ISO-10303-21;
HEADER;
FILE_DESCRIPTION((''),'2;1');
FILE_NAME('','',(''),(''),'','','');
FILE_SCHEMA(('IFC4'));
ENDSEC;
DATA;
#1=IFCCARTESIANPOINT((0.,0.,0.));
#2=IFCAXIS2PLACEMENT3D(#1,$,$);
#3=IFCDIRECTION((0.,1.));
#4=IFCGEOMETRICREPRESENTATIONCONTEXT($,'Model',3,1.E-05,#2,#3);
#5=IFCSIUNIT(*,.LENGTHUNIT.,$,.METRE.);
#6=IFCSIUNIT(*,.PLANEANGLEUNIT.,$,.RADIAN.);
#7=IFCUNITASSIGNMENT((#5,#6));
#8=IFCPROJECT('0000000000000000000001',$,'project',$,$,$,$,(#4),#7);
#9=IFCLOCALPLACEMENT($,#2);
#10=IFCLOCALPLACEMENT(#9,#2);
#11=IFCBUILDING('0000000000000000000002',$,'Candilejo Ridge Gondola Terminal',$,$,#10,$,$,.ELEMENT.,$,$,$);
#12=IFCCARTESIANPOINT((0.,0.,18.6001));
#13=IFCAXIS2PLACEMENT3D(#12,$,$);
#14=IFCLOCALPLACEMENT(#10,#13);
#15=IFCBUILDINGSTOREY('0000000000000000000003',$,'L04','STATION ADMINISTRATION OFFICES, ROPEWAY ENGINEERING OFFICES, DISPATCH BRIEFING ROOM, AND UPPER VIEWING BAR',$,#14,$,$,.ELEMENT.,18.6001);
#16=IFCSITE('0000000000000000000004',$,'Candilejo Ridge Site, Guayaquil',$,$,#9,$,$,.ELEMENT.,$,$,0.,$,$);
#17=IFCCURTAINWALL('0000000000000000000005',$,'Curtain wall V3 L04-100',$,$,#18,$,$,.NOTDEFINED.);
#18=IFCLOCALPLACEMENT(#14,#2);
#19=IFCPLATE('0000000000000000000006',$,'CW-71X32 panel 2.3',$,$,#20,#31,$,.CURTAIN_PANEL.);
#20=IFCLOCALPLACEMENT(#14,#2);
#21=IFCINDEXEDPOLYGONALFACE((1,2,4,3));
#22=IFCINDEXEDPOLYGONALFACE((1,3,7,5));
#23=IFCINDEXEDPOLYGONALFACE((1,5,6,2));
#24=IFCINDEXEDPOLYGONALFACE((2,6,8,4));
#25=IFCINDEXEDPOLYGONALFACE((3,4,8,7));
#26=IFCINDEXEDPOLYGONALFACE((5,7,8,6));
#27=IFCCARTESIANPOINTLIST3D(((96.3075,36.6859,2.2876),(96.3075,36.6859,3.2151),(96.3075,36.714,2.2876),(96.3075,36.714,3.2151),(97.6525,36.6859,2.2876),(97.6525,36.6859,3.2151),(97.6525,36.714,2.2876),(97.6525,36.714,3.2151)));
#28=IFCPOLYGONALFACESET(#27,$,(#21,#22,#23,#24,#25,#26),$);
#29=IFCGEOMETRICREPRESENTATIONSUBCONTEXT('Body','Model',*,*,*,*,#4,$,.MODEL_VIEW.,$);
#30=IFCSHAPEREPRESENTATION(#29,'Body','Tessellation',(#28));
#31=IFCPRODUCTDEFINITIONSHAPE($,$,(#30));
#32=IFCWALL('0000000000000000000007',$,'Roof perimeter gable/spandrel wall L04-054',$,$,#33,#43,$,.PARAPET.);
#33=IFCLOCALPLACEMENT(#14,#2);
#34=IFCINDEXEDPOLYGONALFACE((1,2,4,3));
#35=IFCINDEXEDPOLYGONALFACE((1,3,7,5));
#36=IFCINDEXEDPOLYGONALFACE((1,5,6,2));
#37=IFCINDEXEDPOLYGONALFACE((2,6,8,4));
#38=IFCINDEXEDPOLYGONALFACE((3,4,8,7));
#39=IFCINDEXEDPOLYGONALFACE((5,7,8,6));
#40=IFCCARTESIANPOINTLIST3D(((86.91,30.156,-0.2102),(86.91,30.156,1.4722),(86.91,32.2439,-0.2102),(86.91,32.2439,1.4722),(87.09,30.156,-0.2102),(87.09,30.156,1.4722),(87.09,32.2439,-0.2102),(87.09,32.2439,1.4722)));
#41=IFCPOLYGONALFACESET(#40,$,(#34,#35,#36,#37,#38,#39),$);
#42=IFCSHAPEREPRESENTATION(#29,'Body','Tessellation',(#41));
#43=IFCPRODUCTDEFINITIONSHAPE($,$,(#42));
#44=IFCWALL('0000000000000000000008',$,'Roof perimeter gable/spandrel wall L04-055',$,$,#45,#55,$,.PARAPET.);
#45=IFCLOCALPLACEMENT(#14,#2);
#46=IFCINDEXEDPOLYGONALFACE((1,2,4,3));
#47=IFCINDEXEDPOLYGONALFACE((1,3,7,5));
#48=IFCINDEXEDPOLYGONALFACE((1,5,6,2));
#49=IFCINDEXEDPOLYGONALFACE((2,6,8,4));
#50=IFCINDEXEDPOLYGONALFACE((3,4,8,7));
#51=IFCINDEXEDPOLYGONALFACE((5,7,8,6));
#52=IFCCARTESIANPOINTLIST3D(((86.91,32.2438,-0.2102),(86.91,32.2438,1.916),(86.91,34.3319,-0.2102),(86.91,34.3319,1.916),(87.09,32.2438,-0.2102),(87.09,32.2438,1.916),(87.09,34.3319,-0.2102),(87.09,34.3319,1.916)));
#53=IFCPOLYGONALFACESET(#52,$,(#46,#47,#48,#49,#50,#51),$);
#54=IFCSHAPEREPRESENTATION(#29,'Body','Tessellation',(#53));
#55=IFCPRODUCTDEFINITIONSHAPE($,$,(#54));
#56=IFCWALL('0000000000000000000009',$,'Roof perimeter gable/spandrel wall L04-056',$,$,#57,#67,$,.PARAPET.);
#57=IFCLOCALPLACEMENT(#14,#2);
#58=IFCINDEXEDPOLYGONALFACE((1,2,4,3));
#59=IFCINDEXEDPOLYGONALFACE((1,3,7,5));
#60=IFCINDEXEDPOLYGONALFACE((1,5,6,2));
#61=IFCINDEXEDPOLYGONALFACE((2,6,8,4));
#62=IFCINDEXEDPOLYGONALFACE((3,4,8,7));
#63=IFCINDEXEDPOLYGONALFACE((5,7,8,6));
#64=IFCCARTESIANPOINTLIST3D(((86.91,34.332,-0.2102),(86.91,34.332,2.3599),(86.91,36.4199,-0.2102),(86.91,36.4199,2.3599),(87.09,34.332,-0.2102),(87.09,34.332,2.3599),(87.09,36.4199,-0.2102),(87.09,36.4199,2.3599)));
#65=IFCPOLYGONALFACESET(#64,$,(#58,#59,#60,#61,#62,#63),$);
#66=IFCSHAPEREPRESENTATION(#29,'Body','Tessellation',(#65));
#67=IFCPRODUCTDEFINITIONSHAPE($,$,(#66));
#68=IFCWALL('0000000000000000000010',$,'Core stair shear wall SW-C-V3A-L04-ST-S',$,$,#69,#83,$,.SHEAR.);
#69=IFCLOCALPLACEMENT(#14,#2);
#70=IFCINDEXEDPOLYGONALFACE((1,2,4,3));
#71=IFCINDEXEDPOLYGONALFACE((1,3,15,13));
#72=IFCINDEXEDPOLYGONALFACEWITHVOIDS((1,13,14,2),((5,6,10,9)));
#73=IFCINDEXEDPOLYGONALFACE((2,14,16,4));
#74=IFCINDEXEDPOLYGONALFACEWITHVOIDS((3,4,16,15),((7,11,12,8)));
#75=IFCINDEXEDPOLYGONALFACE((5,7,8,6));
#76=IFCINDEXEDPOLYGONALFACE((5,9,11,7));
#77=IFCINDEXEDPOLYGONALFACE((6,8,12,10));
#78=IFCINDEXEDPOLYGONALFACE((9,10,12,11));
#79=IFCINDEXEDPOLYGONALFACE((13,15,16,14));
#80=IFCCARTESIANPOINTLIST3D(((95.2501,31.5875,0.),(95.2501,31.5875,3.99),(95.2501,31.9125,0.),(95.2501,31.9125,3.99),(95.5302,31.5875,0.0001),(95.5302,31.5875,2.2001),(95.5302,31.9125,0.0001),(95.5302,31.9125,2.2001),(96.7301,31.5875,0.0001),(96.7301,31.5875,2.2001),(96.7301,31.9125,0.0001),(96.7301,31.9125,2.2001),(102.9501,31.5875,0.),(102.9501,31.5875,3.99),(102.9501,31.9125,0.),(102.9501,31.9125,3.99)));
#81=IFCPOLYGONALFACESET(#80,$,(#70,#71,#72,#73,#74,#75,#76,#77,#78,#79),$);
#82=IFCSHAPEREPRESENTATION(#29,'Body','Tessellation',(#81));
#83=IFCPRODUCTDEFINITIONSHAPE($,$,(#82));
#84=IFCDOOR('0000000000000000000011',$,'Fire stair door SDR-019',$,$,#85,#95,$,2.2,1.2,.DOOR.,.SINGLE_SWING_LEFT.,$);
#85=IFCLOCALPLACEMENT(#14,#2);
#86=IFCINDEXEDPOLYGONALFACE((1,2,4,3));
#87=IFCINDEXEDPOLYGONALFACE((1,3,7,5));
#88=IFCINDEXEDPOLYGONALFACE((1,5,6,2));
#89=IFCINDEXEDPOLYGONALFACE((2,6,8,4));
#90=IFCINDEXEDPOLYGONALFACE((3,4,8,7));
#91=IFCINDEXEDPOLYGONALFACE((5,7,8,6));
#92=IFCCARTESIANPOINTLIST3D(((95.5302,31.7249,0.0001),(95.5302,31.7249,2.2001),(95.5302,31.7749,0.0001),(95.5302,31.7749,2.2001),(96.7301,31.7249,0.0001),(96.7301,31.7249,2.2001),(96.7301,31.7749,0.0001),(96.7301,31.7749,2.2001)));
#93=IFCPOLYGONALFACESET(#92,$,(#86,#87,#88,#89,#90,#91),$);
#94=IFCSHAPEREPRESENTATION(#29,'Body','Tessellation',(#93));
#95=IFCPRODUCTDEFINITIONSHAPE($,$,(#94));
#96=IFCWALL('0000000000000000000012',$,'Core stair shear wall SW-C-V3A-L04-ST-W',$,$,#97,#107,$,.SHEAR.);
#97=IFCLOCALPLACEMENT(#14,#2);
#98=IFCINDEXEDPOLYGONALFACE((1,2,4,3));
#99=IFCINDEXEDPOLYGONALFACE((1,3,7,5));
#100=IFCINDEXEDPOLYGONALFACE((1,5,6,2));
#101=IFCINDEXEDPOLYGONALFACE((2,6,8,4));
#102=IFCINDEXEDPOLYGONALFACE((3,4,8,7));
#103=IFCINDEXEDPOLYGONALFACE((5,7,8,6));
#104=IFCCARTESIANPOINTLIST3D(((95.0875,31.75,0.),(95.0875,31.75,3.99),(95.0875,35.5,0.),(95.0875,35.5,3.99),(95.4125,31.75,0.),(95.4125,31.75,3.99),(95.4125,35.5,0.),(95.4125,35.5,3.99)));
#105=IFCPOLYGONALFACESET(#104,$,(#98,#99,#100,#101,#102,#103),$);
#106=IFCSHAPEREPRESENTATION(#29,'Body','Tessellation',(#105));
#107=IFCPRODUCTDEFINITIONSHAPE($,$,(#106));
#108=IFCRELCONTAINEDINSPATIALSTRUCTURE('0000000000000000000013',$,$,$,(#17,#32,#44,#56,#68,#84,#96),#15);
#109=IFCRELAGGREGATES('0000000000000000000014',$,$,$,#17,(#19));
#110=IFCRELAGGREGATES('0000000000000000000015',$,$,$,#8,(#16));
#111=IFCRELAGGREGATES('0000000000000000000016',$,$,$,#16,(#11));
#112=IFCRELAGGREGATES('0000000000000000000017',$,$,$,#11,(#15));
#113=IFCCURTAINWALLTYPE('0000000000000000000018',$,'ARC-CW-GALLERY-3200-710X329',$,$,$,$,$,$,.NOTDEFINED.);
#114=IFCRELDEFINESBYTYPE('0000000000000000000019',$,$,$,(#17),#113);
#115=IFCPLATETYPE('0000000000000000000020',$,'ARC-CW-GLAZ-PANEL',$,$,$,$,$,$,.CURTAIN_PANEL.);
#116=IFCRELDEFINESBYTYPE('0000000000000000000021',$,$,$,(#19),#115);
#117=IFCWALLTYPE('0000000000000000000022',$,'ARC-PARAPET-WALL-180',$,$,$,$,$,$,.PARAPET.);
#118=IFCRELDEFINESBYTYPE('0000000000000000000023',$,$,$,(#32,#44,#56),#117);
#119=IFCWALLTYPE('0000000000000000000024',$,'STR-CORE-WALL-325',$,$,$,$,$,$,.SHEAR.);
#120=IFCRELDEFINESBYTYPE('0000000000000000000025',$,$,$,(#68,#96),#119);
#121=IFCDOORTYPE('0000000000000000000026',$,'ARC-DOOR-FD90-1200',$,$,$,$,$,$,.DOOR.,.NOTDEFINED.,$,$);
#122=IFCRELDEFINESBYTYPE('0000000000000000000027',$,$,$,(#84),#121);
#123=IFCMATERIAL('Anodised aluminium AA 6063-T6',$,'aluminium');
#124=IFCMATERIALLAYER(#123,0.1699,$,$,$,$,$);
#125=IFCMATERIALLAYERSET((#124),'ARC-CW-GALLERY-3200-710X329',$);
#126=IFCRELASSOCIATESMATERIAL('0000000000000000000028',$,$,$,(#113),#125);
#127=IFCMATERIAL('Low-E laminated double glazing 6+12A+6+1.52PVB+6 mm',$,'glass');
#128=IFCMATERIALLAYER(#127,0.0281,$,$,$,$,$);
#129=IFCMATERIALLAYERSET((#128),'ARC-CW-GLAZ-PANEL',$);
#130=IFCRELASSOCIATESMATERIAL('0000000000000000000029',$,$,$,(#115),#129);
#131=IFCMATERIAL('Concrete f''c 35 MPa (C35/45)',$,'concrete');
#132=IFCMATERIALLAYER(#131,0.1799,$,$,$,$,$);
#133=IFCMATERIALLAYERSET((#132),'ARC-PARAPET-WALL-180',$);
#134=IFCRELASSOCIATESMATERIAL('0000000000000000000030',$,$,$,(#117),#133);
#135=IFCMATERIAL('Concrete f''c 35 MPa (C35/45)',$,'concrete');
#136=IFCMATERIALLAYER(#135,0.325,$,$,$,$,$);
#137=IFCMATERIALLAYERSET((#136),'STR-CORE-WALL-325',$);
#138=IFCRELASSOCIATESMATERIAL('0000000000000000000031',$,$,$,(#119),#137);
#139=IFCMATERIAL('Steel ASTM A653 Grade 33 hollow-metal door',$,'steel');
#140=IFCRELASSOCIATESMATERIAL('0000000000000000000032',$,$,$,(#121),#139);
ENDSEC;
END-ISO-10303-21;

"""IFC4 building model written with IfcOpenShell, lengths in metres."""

from ifc_helpers import new_model, si_unit, direction, frame, frame_2d, origin, origin_2d, place, context, subcontext, project, spatial, rectangle, extrude, material, layer, layer_set, type_object, element, fill, aggregate, save


model = new_model("IFC4")

# Units and contexts
model_context = context("Model", 3, precision=1e-05, world=origin(), true_north=direction((0.0, 1.0)))
body_context = subcontext(model_context, "Body", "Model", "MODEL_VIEW")
ifc_project = project(units=[si_unit("LENGTHUNIT", "METRE"), si_unit("PLANEANGLEUNIT", "RADIAN")], contexts=[model_context])

# Site, building, storey
site_placement = place(None, origin())
site = spatial("IfcSite", under=ifc_project, at=site_placement, Name="Candilejo Ridge Site, Guayaquil", CompositionType="ELEMENT", RefElevation=0.0)
building_placement = place(site_placement, origin())
building = spatial("IfcBuilding", under=site, at=building_placement, Name="Candilejo Ridge Gondola Terminal", CompositionType="ELEMENT")
storey_placement = place(building_placement, frame((0.0, 0.0, 18.6001)))
storey = spatial("IfcBuildingStorey", under=building, at=storey_placement, Name="L04", Description="STATION ADMINISTRATION OFFICES, ROPEWAY ENGINEERING OFFICES, DISPATCH BRIEFING ROOM, AND UPPER VIEWING BAR", CompositionType="ELEMENT", Elevation=18.6001)

# Curtain wall
ifc_material_1 = material(Name="Anodised aluminium AA 6063-T6", Category="aluminium")
ifc_layer_1 = layer(ifc_material_1, 0.1699)
ifc_layer_set_1 = layer_set([ifc_layer_1], Name="ARC-CW-GALLERY-3200-710X329")
curtain_wall_type = type_object("IfcCurtainWallType", Name="ARC-CW-GALLERY-3200-710X329", PredefinedType="NOTDEFINED", material=ifc_layer_set_1)
curtain_wall_placement = place(storey_placement, origin())
curtain_wall = element("IfcCurtainWall", 1, at=curtain_wall_placement, inside=storey, type_object=curtain_wall_type, Name="Curtain wall V3 L04-100", PredefinedType="NOTDEFINED")

# Plate
ifc_material_2 = material(Name="Low-E laminated double glazing 6+12A+6+1.52PVB+6 mm", Category="glass")
ifc_layer_2 = layer(ifc_material_2, 0.0281)
ifc_layer_set_2 = layer_set([ifc_layer_2], Name="ARC-CW-GLAZ-PANEL")
plate_type = type_object("IfcPlateType", Name="ARC-CW-GLAZ-PANEL", PredefinedType="CURTAIN_PANEL", material=ifc_layer_set_2)
plate_1_placement = place(storey_placement, frame((96.98, 36.7, 2.2876), z_axis=(0.0, 0.0, 1.0), x_axis=(1.0, 0.0, 0.0)))
plate_1 = element("IfcPlate", 2, at=plate_1_placement, type_object=plate_type, Name="CW-71X32 panel 2.3", PredefinedType="CURTAIN_PANEL", context=body_context, shape_type="SweptSolid", body=[
    extrude(rectangle(XDim=1.345, YDim=0.0281, at=origin_2d()), origin(), (0.0, 0.0, 1.0), 0.9275),
])
aggregate(curtain_wall, [plate_1])

# Walls
ifc_material_3 = material(Name="Concrete f'c 35 MPa (C35/45)", Category="concrete")
ifc_layer_3 = layer(ifc_material_3, 0.1799)
ifc_layer_set_3 = layer_set([ifc_layer_3], Name="ARC-PARAPET-WALL-180")
wall_type_1 = type_object("IfcWallType", Name="ARC-PARAPET-WALL-180", PredefinedType="PARAPET", material=ifc_layer_set_3)
wall_1_placement = place(storey_placement, frame((87.0, 30.156, -0.2102), z_axis=(0.0, 0.0, 1.0), x_axis=(0.0, 1.0, 0.0)))
element("IfcWall", 3, at=wall_1_placement, inside=storey, type_object=wall_type_1, Name="Roof perimeter gable/spandrel wall L04-054", PredefinedType="PARAPET", context=body_context, shape_type="SweptSolid", body=[
    extrude(rectangle(XDim=2.0879, YDim=0.1799, at=frame_2d((1.0439, 0.0))), origin(), (0.0, 0.0, 1.0), 1.6824),
])
wall_2_placement = place(storey_placement, frame((87.0, 32.2439, -0.2102), z_axis=(0.0, 0.0, 1.0), x_axis=(0.0, 1.0, 0.0)))
element("IfcWall", 4, at=wall_2_placement, inside=storey, type_object=wall_type_1, Name="Roof perimeter gable/spandrel wall L04-055", PredefinedType="PARAPET", context=body_context, shape_type="SweptSolid", body=[
    extrude(rectangle(XDim=2.0881, YDim=0.1799, at=frame_2d((1.0439, 0.0))), origin(), (0.0, 0.0, 1.0), 2.1262),
])
wall_3_placement = place(storey_placement, frame((87.0, 34.332, -0.2102), z_axis=(0.0, 0.0, 1.0), x_axis=(0.0, 1.0, 0.0)))
element("IfcWall", 5, at=wall_3_placement, inside=storey, type_object=wall_type_1, Name="Roof perimeter gable/spandrel wall L04-056", PredefinedType="PARAPET", context=body_context, shape_type="SweptSolid", body=[
    extrude(rectangle(XDim=2.0879, YDim=0.1799, at=frame_2d((1.0439, 0.0))), origin(), (0.0, 0.0, 1.0), 2.5701),
])

# Wall, opening, door
ifc_material_4 = material(Name="Concrete f'c 35 MPa (C35/45)", Category="concrete")
ifc_layer_4 = layer(ifc_material_4, 0.325)
ifc_layer_set_4 = layer_set([ifc_layer_4], Name="STR-CORE-WALL-325")
wall_type_2 = type_object("IfcWallType", Name="STR-CORE-WALL-325", PredefinedType="SHEAR", material=ifc_layer_set_4)
wall_4_placement = place(storey_placement, frame((95.25, 31.75, 0.0), z_axis=(0.0, 0.0, 1.0), x_axis=(1.0, 0.0, 0.0)))
wall_4 = element("IfcWall", 6, at=wall_4_placement, inside=storey, type_object=wall_type_2, Name="Core stair shear wall SW-C-V3A-L04-ST-S", PredefinedType="SHEAR", context=body_context, shape_type="SweptSolid", body=[
    extrude(rectangle(XDim=7.7, YDim=0.325, at=frame_2d((3.8501, 0.0))), origin(), (0.0, 0.0, 1.0), 3.99),
])
opening_placement = place(wall_4_placement, frame((0.28, 0.0, 0.0)))
opening = element("IfcOpeningElement", 7, at=opening_placement, cuts=wall_4, PredefinedType="OPENING", context=body_context, shape_type="SweptSolid", body=[
    extrude(rectangle(XDim=1.2, YDim=2.2, at=frame_2d((0.6001, 1.1001))), frame((0.0, 0.1724, 0.0), z_axis=(0.0, -1.0, 0.0), x_axis=(1.0, 0.0, 0.0)), (0.0, 0.0, 1.0), 0.345),
])
ifc_material_5 = material(Name="Steel ASTM A653 Grade 33 hollow-metal door", Category="steel")
door_type = type_object("IfcDoorType", Name="ARC-DOOR-FD90-1200", OperationType="NOTDEFINED", PredefinedType="DOOR", material=ifc_material_5)
door_placement = place(opening_placement, origin())
door = element("IfcDoor", 8, at=door_placement, inside=storey, type_object=door_type, Name="Fire stair door SDR-019", OperationType="SINGLE_SWING_LEFT", OverallHeight=2.2, OverallWidth=1.2, PredefinedType="DOOR", context=body_context, shape_type="SweptSolid", body=[
    extrude(rectangle(XDim=1.2, YDim=2.2, at=frame_2d((0.6001, 1.1001))), frame((0.0, 0.0249, 0.0), z_axis=(0.0, -1.0, 0.0), x_axis=(1.0, 0.0, 0.0)), (0.0, 0.0, 1.0), 0.05),
])
fill(opening, door)

# Wall
wall_5_placement = place(storey_placement, frame((95.25, 35.5, 0.0), z_axis=(0.0, 0.0, 1.0), x_axis=(0.0, -1.0, 0.0)))
element("IfcWall", 9, at=wall_5_placement, inside=storey, type_object=wall_type_2, Name="Core stair shear wall SW-C-V3A-L04-ST-W", PredefinedType="SHEAR", context=body_context, shape_type="SweptSolid", body=[
    extrude(rectangle(XDim=3.75, YDim=0.325, at=frame_2d((1.875, 0.0))), origin(), (0.0, 0.0, 1.0), 3.99),
])

save(model, "model.ifc")
